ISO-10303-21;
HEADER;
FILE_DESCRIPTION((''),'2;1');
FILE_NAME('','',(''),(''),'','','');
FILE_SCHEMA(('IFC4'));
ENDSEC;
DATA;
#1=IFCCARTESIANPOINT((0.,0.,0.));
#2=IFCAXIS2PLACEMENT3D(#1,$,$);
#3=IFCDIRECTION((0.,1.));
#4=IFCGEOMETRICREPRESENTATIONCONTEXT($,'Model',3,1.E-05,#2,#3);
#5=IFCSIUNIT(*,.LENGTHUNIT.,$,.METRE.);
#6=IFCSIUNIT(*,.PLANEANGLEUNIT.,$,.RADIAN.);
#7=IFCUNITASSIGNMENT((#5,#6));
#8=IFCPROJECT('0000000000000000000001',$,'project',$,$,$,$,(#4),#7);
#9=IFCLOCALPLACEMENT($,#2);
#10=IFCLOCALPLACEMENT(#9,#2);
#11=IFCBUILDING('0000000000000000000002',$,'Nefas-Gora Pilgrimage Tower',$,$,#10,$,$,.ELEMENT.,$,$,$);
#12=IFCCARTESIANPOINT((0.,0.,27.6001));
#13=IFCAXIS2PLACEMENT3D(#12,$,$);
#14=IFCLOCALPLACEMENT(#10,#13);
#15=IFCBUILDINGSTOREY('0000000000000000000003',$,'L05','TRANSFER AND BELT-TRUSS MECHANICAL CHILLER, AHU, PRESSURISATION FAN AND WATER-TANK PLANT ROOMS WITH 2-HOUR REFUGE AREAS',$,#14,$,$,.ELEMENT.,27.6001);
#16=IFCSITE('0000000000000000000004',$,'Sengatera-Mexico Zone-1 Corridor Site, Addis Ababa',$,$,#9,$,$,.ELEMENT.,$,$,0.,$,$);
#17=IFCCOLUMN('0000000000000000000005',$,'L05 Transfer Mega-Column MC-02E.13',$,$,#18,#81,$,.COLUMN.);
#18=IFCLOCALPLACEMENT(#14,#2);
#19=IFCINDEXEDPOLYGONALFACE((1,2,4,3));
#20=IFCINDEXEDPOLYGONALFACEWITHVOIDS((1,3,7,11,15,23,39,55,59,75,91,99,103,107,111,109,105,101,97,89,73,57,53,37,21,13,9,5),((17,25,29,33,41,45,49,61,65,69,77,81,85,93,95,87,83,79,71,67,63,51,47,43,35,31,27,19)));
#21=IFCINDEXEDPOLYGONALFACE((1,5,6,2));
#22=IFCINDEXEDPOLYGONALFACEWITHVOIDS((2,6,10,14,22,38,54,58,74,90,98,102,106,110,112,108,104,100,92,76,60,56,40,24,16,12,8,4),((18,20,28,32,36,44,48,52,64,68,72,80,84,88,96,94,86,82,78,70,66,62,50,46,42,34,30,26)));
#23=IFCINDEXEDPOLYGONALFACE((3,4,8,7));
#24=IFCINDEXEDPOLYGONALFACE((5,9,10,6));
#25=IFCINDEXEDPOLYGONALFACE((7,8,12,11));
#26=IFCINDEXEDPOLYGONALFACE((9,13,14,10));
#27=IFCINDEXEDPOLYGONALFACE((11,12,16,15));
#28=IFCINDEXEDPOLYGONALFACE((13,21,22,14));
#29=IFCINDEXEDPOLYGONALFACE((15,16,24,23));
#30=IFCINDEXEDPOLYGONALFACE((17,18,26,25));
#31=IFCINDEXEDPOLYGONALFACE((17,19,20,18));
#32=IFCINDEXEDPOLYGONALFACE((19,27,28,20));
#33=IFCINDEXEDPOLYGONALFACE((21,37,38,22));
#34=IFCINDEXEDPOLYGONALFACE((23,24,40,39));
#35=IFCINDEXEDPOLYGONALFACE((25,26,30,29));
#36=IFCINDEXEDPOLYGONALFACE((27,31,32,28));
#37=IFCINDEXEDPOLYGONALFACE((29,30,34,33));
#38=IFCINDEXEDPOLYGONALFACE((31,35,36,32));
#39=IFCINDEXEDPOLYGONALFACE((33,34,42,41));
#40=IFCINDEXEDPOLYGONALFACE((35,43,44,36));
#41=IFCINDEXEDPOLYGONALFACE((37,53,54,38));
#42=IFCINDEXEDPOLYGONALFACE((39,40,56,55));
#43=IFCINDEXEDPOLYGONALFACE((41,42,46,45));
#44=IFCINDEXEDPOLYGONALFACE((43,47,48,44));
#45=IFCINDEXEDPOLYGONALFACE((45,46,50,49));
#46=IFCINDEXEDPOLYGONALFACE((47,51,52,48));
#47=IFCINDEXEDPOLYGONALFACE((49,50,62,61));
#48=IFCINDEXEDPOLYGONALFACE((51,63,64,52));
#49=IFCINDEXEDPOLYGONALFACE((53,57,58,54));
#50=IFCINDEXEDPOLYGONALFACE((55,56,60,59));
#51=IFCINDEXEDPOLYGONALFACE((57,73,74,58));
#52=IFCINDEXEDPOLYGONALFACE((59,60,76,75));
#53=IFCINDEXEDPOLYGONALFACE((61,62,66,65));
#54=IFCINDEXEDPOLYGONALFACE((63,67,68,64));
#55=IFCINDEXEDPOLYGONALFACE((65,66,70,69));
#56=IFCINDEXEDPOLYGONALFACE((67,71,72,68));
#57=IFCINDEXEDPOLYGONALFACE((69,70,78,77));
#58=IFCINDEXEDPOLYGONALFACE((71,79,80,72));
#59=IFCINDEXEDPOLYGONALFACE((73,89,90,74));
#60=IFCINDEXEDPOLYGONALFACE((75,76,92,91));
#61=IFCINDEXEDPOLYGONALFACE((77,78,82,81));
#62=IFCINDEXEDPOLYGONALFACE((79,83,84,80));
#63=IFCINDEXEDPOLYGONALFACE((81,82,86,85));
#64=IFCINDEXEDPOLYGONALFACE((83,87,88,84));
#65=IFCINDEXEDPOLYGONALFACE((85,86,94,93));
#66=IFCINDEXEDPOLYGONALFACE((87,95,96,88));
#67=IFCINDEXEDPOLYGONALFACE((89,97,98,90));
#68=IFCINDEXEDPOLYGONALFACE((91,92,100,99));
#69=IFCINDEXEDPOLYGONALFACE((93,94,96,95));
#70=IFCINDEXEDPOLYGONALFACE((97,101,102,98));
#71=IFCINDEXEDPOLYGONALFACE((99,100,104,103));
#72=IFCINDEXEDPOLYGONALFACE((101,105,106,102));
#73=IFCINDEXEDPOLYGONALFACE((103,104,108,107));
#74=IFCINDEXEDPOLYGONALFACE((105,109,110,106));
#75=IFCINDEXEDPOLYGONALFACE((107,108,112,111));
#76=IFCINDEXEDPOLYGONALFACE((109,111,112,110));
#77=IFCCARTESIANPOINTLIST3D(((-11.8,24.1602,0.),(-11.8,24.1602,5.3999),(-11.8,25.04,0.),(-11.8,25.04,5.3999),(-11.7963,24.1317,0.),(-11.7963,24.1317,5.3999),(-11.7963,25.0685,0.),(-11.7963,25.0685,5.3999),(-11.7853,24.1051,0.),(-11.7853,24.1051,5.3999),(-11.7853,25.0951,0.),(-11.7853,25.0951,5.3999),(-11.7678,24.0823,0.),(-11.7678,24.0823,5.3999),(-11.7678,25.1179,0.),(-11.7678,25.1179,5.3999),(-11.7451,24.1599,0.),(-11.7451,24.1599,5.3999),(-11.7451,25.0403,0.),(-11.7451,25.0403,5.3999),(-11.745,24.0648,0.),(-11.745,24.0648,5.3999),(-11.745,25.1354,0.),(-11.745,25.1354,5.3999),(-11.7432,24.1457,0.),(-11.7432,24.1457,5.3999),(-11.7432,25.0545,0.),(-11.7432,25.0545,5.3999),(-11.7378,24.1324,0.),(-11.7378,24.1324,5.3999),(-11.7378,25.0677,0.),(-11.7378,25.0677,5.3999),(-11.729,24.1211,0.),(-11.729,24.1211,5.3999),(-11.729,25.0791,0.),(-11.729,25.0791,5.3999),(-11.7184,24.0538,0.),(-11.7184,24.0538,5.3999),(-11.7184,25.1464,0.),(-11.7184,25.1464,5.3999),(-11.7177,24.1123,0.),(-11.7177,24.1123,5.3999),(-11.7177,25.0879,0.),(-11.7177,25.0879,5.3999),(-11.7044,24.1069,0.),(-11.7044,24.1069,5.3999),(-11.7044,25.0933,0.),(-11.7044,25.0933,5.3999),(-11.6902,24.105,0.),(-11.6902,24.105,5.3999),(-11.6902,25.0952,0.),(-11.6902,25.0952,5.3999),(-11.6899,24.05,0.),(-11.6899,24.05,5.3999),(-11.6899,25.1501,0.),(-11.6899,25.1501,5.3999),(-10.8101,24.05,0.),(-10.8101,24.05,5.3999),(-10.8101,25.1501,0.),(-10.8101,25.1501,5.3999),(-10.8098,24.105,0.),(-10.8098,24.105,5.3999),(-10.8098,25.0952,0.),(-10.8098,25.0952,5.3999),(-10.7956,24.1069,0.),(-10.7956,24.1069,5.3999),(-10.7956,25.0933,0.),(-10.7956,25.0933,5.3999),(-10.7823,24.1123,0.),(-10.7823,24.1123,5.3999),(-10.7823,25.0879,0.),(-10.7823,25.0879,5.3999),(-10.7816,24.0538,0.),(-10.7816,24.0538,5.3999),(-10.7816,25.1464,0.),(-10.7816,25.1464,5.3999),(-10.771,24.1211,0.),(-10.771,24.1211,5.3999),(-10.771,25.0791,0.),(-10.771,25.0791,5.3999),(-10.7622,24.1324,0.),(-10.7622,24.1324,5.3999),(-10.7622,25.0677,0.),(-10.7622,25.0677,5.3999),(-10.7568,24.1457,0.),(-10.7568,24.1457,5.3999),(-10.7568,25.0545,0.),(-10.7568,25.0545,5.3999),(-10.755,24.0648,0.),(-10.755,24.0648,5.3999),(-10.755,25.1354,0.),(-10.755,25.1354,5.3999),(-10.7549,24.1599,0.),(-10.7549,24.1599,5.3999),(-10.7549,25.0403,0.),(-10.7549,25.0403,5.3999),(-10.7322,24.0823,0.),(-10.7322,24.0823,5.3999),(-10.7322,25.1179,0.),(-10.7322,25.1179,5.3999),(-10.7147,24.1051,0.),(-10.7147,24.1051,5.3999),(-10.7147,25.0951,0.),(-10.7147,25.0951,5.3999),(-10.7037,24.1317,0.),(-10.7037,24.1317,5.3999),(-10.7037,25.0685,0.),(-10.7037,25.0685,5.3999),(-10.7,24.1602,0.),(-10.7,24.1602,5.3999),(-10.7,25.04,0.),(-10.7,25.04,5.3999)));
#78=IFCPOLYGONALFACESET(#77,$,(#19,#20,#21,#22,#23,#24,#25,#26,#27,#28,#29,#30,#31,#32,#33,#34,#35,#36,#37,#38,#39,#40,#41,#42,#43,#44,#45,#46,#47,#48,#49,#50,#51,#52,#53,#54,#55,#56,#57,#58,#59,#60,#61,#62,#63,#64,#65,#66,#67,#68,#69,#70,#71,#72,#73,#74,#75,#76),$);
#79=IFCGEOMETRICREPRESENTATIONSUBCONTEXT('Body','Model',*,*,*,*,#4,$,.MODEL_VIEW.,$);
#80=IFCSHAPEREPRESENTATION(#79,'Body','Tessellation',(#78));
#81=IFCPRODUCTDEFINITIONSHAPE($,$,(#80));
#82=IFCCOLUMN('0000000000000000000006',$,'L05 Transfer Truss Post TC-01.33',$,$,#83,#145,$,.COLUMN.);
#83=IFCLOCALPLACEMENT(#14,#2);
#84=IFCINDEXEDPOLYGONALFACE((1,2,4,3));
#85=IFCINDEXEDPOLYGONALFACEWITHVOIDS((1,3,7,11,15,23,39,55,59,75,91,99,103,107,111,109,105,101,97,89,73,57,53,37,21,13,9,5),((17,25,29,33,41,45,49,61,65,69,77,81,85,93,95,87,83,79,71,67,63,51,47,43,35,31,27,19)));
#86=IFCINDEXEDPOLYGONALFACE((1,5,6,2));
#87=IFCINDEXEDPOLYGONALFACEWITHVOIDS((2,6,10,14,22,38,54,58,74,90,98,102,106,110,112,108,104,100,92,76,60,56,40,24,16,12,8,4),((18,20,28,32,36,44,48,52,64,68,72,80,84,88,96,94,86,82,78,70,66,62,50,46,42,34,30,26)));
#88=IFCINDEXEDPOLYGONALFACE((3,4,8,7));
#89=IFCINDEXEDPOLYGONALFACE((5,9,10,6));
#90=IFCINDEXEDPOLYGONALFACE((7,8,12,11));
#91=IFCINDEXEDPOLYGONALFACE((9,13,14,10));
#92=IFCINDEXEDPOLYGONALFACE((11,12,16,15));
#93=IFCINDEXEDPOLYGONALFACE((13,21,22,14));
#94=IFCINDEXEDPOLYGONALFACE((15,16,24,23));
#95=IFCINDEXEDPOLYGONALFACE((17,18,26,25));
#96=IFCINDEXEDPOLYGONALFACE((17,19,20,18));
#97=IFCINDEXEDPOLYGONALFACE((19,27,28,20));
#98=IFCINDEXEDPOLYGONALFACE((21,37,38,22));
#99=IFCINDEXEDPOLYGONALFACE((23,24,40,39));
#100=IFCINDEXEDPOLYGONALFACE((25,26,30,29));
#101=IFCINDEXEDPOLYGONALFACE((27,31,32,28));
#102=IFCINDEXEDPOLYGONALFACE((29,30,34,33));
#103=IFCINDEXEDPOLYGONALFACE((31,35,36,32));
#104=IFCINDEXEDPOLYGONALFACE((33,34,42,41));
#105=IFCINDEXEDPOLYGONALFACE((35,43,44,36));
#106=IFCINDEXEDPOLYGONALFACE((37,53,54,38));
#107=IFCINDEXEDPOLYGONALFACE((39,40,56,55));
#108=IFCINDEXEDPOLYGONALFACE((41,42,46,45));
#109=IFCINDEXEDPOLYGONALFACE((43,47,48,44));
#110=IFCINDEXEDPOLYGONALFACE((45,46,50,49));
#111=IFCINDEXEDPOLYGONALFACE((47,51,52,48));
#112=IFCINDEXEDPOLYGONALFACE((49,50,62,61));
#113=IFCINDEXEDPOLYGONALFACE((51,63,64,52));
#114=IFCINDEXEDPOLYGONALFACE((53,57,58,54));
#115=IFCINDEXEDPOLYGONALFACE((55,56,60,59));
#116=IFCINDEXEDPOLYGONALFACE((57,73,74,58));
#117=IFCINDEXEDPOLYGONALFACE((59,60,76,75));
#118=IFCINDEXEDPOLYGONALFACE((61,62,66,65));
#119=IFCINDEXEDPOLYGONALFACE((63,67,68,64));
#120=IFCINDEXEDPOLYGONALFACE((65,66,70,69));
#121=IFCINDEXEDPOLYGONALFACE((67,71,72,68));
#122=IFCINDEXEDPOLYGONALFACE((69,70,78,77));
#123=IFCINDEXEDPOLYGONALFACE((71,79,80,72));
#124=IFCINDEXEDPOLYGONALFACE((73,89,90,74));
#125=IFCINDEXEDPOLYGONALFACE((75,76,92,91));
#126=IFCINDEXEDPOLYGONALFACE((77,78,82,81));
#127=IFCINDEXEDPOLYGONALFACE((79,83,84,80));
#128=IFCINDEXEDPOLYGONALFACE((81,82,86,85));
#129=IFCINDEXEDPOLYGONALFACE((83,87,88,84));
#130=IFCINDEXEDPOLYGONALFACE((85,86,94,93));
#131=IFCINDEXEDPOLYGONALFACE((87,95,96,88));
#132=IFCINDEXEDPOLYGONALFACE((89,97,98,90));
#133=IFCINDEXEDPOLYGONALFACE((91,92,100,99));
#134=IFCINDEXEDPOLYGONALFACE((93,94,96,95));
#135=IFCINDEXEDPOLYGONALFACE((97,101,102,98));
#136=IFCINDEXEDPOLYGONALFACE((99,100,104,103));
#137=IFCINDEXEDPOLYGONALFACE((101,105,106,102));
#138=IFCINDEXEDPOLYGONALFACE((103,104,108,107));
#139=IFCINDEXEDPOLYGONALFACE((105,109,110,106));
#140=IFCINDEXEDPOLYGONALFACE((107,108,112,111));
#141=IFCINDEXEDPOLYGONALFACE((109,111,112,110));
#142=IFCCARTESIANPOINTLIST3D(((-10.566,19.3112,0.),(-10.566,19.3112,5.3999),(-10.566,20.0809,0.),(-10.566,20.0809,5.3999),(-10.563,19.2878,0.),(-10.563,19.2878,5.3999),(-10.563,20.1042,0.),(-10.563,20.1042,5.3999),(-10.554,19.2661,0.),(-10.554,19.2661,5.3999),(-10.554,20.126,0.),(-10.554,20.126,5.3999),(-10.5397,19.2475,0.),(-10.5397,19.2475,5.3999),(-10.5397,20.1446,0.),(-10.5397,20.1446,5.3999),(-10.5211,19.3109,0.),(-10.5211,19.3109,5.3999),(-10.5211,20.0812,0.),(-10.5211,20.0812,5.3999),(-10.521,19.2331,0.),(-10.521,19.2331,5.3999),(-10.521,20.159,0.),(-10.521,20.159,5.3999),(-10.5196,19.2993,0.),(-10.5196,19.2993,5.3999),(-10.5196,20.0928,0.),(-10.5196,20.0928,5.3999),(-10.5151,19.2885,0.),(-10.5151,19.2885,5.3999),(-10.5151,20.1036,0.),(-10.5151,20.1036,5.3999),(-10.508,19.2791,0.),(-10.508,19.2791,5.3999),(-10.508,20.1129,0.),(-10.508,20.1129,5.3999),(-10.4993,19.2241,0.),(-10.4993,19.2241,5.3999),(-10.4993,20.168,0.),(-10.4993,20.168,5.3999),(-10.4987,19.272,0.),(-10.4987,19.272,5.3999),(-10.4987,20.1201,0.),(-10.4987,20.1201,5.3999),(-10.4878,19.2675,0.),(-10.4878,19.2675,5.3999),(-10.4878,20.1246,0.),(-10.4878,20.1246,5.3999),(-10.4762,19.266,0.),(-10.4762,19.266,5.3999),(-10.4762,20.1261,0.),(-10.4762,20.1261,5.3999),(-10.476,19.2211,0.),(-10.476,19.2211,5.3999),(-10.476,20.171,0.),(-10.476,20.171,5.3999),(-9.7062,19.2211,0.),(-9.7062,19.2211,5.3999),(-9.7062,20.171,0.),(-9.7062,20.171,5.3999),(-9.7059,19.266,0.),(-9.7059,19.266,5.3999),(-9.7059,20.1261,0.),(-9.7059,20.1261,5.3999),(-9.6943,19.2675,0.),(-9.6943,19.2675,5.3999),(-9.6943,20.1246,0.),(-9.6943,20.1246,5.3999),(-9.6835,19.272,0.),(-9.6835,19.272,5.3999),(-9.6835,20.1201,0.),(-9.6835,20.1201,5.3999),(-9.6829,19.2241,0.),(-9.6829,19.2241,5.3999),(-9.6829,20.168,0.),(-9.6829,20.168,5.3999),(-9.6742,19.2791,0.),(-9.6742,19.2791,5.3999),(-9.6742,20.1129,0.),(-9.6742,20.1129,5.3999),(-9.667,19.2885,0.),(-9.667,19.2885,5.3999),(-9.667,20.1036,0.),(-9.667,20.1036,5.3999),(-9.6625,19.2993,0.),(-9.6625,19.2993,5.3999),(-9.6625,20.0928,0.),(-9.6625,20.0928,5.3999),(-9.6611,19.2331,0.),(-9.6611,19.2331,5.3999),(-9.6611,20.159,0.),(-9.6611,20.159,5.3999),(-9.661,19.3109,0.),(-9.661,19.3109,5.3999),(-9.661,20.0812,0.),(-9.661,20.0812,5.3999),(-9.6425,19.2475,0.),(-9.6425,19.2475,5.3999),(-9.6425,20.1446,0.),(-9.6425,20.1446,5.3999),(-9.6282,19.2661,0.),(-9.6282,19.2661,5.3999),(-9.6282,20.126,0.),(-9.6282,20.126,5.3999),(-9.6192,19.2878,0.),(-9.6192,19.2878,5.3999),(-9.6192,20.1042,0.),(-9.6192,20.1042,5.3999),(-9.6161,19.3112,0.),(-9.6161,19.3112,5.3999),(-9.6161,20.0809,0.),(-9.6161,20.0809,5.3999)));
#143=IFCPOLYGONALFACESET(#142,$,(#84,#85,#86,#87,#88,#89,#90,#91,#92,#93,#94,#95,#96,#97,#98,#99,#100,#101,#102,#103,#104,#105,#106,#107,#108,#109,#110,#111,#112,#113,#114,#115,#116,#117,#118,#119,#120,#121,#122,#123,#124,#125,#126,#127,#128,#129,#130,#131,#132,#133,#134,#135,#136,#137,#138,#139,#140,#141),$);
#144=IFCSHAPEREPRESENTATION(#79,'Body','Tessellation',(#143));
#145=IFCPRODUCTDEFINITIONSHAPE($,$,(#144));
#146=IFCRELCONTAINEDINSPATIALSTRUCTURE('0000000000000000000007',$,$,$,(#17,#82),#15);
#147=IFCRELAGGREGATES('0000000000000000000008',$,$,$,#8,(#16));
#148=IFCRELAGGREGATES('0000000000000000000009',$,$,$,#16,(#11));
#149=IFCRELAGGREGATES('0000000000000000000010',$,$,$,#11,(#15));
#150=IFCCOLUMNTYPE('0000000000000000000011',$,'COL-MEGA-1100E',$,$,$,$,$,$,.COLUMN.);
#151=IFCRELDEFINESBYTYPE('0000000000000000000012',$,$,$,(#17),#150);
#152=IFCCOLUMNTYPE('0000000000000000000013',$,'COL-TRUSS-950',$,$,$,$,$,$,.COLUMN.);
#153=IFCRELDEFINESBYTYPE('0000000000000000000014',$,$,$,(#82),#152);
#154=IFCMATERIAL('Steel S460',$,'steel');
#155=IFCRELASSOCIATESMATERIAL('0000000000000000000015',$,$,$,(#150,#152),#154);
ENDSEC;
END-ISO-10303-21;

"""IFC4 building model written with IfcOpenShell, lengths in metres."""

from ifc_helpers import new_model, si_unit, direction, frame, origin, origin_2d, place, context, subcontext, project, spatial, hollow_rectangle, extrude, source, transform, mapped, material, material_profile, profile_set, type_object, element, save


model = new_model("IFC4")

# Units and contexts
model_context = context("Model", 3, precision=1e-05, world=origin(), true_north=direction((0.0, 1.0)))
body_context = subcontext(model_context, "Body", "Model", "MODEL_VIEW")
ifc_project = project(units=[si_unit("LENGTHUNIT", "METRE"), si_unit("PLANEANGLEUNIT", "RADIAN")], contexts=[model_context])

# Site, building, storey
site_placement = place(None, origin())
site = spatial("IfcSite", under=ifc_project, at=site_placement, Name="Sengatera-Mexico Zone-1 Corridor Site, Addis Ababa", CompositionType="ELEMENT", RefElevation=0.0)
building_placement = place(site_placement, origin())
building = spatial("IfcBuilding", under=site, at=building_placement, Name="Nefas-Gora Pilgrimage Tower", CompositionType="ELEMENT")
storey_placement = place(building_placement, frame((0.0, 0.0, 27.6001)))
storey = spatial("IfcBuildingStorey", under=building, at=storey_placement, Name="L05", Description="TRANSFER AND BELT-TRUSS MECHANICAL CHILLER, AHU, PRESSURISATION FAN AND WATER-TANK PLANT ROOMS WITH 2-HOUR REFUGE AREAS", CompositionType="ELEMENT", Elevation=27.6001)

# Columns
ifc_material = material(Name="Steel S460", Category="steel")
ifc_material_profile_1 = material_profile(ifc_material, hollow_rectangle(XDim=1.1001, YDim=1.1001, WallThickness=0.0549, InnerFilletRadius=0.0549, OuterFilletRadius=0.1101, at=origin_2d()), Name="BOX 1100x1100x55")
ifc_profile_set_1 = profile_set([ifc_material_profile_1], Name="Steel S460")
column_type_1 = type_object("IfcColumnType", Name="COL-MEGA-1100E", PredefinedType="COLUMN", material=ifc_profile_set_1)
shared_shape_1 = source(origin(), body_context, "Body", "SweptSolid", [
    extrude(hollow_rectangle(XDim=1.1001, YDim=1.1001, WallThickness=0.0549, InnerFilletRadius=0.0549, OuterFilletRadius=0.1101, at=origin_2d()), origin(), (0.0, 0.0, 1.0), 5.3999),
])
column_placement = place(storey_placement, frame((-11.25, 24.6001, 0.0), z_axis=(0.0, 0.0, 1.0), x_axis=(1.0, 0.0, 0.0)))
element("IfcColumn", 1, at=column_placement, inside=storey, type_object=column_type_1, Name="L05 Transfer Mega-Column MC-02E.13", PredefinedType="COLUMN", context=body_context, shape_type="MappedRepresentation", body=[
    mapped(shared_shape_1, transform((0.0, 0.0, 0.0), x_axis=(1.0, 0.0, 0.0), y_axis=(0.0, 1.0, 0.0), z_axis=(0.0, 0.0, 1.0), scale=1.0)),
])
ifc_material_profile_2 = material_profile(ifc_material, hollow_rectangle(XDim=0.95, YDim=0.95, WallThickness=0.0449, InnerFilletRadius=0.0449, OuterFilletRadius=0.0901, at=origin_2d()), Name="BOX 950x950x45")
ifc_profile_set_2 = profile_set([ifc_material_profile_2], Name="Steel S460")
column_type_2 = type_object("IfcColumnType", Name="COL-TRUSS-950", PredefinedType="COLUMN", material=ifc_profile_set_2)
shared_shape_2 = source(origin(), body_context, "Body", "SweptSolid", [
    extrude(hollow_rectangle(XDim=0.95, YDim=0.95, WallThickness=0.0449, InnerFilletRadius=0.0449, OuterFilletRadius=0.0901, at=origin_2d()), origin(), (0.0, 0.0, 1.0), 5.3999),
])
for number, where, z_axis, x_axis, name in (
    (2, (-10.0911, 19.696, 0.0), (0.0, 0.0, 1.0), (1.0, 0.0, 0.0), "L05 Transfer Truss Post TC-01.33"),
):
    element("IfcColumn", number, at=place(storey_placement, frame(where, z_axis=z_axis, x_axis=x_axis)), inside=storey, type_object=column_type_2, Name=name, PredefinedType="COLUMN", context=body_context, shape_type="MappedRepresentation", body=[
        mapped(shared_shape_2, transform((0.0, 0.0, 0.0), x_axis=(1.0, 0.0, 0.0), y_axis=(0.0, 1.0, 0.0), z_axis=(0.0, 0.0, 1.0), scale=1.0)),
    ])

save(model, "model.ifc")
